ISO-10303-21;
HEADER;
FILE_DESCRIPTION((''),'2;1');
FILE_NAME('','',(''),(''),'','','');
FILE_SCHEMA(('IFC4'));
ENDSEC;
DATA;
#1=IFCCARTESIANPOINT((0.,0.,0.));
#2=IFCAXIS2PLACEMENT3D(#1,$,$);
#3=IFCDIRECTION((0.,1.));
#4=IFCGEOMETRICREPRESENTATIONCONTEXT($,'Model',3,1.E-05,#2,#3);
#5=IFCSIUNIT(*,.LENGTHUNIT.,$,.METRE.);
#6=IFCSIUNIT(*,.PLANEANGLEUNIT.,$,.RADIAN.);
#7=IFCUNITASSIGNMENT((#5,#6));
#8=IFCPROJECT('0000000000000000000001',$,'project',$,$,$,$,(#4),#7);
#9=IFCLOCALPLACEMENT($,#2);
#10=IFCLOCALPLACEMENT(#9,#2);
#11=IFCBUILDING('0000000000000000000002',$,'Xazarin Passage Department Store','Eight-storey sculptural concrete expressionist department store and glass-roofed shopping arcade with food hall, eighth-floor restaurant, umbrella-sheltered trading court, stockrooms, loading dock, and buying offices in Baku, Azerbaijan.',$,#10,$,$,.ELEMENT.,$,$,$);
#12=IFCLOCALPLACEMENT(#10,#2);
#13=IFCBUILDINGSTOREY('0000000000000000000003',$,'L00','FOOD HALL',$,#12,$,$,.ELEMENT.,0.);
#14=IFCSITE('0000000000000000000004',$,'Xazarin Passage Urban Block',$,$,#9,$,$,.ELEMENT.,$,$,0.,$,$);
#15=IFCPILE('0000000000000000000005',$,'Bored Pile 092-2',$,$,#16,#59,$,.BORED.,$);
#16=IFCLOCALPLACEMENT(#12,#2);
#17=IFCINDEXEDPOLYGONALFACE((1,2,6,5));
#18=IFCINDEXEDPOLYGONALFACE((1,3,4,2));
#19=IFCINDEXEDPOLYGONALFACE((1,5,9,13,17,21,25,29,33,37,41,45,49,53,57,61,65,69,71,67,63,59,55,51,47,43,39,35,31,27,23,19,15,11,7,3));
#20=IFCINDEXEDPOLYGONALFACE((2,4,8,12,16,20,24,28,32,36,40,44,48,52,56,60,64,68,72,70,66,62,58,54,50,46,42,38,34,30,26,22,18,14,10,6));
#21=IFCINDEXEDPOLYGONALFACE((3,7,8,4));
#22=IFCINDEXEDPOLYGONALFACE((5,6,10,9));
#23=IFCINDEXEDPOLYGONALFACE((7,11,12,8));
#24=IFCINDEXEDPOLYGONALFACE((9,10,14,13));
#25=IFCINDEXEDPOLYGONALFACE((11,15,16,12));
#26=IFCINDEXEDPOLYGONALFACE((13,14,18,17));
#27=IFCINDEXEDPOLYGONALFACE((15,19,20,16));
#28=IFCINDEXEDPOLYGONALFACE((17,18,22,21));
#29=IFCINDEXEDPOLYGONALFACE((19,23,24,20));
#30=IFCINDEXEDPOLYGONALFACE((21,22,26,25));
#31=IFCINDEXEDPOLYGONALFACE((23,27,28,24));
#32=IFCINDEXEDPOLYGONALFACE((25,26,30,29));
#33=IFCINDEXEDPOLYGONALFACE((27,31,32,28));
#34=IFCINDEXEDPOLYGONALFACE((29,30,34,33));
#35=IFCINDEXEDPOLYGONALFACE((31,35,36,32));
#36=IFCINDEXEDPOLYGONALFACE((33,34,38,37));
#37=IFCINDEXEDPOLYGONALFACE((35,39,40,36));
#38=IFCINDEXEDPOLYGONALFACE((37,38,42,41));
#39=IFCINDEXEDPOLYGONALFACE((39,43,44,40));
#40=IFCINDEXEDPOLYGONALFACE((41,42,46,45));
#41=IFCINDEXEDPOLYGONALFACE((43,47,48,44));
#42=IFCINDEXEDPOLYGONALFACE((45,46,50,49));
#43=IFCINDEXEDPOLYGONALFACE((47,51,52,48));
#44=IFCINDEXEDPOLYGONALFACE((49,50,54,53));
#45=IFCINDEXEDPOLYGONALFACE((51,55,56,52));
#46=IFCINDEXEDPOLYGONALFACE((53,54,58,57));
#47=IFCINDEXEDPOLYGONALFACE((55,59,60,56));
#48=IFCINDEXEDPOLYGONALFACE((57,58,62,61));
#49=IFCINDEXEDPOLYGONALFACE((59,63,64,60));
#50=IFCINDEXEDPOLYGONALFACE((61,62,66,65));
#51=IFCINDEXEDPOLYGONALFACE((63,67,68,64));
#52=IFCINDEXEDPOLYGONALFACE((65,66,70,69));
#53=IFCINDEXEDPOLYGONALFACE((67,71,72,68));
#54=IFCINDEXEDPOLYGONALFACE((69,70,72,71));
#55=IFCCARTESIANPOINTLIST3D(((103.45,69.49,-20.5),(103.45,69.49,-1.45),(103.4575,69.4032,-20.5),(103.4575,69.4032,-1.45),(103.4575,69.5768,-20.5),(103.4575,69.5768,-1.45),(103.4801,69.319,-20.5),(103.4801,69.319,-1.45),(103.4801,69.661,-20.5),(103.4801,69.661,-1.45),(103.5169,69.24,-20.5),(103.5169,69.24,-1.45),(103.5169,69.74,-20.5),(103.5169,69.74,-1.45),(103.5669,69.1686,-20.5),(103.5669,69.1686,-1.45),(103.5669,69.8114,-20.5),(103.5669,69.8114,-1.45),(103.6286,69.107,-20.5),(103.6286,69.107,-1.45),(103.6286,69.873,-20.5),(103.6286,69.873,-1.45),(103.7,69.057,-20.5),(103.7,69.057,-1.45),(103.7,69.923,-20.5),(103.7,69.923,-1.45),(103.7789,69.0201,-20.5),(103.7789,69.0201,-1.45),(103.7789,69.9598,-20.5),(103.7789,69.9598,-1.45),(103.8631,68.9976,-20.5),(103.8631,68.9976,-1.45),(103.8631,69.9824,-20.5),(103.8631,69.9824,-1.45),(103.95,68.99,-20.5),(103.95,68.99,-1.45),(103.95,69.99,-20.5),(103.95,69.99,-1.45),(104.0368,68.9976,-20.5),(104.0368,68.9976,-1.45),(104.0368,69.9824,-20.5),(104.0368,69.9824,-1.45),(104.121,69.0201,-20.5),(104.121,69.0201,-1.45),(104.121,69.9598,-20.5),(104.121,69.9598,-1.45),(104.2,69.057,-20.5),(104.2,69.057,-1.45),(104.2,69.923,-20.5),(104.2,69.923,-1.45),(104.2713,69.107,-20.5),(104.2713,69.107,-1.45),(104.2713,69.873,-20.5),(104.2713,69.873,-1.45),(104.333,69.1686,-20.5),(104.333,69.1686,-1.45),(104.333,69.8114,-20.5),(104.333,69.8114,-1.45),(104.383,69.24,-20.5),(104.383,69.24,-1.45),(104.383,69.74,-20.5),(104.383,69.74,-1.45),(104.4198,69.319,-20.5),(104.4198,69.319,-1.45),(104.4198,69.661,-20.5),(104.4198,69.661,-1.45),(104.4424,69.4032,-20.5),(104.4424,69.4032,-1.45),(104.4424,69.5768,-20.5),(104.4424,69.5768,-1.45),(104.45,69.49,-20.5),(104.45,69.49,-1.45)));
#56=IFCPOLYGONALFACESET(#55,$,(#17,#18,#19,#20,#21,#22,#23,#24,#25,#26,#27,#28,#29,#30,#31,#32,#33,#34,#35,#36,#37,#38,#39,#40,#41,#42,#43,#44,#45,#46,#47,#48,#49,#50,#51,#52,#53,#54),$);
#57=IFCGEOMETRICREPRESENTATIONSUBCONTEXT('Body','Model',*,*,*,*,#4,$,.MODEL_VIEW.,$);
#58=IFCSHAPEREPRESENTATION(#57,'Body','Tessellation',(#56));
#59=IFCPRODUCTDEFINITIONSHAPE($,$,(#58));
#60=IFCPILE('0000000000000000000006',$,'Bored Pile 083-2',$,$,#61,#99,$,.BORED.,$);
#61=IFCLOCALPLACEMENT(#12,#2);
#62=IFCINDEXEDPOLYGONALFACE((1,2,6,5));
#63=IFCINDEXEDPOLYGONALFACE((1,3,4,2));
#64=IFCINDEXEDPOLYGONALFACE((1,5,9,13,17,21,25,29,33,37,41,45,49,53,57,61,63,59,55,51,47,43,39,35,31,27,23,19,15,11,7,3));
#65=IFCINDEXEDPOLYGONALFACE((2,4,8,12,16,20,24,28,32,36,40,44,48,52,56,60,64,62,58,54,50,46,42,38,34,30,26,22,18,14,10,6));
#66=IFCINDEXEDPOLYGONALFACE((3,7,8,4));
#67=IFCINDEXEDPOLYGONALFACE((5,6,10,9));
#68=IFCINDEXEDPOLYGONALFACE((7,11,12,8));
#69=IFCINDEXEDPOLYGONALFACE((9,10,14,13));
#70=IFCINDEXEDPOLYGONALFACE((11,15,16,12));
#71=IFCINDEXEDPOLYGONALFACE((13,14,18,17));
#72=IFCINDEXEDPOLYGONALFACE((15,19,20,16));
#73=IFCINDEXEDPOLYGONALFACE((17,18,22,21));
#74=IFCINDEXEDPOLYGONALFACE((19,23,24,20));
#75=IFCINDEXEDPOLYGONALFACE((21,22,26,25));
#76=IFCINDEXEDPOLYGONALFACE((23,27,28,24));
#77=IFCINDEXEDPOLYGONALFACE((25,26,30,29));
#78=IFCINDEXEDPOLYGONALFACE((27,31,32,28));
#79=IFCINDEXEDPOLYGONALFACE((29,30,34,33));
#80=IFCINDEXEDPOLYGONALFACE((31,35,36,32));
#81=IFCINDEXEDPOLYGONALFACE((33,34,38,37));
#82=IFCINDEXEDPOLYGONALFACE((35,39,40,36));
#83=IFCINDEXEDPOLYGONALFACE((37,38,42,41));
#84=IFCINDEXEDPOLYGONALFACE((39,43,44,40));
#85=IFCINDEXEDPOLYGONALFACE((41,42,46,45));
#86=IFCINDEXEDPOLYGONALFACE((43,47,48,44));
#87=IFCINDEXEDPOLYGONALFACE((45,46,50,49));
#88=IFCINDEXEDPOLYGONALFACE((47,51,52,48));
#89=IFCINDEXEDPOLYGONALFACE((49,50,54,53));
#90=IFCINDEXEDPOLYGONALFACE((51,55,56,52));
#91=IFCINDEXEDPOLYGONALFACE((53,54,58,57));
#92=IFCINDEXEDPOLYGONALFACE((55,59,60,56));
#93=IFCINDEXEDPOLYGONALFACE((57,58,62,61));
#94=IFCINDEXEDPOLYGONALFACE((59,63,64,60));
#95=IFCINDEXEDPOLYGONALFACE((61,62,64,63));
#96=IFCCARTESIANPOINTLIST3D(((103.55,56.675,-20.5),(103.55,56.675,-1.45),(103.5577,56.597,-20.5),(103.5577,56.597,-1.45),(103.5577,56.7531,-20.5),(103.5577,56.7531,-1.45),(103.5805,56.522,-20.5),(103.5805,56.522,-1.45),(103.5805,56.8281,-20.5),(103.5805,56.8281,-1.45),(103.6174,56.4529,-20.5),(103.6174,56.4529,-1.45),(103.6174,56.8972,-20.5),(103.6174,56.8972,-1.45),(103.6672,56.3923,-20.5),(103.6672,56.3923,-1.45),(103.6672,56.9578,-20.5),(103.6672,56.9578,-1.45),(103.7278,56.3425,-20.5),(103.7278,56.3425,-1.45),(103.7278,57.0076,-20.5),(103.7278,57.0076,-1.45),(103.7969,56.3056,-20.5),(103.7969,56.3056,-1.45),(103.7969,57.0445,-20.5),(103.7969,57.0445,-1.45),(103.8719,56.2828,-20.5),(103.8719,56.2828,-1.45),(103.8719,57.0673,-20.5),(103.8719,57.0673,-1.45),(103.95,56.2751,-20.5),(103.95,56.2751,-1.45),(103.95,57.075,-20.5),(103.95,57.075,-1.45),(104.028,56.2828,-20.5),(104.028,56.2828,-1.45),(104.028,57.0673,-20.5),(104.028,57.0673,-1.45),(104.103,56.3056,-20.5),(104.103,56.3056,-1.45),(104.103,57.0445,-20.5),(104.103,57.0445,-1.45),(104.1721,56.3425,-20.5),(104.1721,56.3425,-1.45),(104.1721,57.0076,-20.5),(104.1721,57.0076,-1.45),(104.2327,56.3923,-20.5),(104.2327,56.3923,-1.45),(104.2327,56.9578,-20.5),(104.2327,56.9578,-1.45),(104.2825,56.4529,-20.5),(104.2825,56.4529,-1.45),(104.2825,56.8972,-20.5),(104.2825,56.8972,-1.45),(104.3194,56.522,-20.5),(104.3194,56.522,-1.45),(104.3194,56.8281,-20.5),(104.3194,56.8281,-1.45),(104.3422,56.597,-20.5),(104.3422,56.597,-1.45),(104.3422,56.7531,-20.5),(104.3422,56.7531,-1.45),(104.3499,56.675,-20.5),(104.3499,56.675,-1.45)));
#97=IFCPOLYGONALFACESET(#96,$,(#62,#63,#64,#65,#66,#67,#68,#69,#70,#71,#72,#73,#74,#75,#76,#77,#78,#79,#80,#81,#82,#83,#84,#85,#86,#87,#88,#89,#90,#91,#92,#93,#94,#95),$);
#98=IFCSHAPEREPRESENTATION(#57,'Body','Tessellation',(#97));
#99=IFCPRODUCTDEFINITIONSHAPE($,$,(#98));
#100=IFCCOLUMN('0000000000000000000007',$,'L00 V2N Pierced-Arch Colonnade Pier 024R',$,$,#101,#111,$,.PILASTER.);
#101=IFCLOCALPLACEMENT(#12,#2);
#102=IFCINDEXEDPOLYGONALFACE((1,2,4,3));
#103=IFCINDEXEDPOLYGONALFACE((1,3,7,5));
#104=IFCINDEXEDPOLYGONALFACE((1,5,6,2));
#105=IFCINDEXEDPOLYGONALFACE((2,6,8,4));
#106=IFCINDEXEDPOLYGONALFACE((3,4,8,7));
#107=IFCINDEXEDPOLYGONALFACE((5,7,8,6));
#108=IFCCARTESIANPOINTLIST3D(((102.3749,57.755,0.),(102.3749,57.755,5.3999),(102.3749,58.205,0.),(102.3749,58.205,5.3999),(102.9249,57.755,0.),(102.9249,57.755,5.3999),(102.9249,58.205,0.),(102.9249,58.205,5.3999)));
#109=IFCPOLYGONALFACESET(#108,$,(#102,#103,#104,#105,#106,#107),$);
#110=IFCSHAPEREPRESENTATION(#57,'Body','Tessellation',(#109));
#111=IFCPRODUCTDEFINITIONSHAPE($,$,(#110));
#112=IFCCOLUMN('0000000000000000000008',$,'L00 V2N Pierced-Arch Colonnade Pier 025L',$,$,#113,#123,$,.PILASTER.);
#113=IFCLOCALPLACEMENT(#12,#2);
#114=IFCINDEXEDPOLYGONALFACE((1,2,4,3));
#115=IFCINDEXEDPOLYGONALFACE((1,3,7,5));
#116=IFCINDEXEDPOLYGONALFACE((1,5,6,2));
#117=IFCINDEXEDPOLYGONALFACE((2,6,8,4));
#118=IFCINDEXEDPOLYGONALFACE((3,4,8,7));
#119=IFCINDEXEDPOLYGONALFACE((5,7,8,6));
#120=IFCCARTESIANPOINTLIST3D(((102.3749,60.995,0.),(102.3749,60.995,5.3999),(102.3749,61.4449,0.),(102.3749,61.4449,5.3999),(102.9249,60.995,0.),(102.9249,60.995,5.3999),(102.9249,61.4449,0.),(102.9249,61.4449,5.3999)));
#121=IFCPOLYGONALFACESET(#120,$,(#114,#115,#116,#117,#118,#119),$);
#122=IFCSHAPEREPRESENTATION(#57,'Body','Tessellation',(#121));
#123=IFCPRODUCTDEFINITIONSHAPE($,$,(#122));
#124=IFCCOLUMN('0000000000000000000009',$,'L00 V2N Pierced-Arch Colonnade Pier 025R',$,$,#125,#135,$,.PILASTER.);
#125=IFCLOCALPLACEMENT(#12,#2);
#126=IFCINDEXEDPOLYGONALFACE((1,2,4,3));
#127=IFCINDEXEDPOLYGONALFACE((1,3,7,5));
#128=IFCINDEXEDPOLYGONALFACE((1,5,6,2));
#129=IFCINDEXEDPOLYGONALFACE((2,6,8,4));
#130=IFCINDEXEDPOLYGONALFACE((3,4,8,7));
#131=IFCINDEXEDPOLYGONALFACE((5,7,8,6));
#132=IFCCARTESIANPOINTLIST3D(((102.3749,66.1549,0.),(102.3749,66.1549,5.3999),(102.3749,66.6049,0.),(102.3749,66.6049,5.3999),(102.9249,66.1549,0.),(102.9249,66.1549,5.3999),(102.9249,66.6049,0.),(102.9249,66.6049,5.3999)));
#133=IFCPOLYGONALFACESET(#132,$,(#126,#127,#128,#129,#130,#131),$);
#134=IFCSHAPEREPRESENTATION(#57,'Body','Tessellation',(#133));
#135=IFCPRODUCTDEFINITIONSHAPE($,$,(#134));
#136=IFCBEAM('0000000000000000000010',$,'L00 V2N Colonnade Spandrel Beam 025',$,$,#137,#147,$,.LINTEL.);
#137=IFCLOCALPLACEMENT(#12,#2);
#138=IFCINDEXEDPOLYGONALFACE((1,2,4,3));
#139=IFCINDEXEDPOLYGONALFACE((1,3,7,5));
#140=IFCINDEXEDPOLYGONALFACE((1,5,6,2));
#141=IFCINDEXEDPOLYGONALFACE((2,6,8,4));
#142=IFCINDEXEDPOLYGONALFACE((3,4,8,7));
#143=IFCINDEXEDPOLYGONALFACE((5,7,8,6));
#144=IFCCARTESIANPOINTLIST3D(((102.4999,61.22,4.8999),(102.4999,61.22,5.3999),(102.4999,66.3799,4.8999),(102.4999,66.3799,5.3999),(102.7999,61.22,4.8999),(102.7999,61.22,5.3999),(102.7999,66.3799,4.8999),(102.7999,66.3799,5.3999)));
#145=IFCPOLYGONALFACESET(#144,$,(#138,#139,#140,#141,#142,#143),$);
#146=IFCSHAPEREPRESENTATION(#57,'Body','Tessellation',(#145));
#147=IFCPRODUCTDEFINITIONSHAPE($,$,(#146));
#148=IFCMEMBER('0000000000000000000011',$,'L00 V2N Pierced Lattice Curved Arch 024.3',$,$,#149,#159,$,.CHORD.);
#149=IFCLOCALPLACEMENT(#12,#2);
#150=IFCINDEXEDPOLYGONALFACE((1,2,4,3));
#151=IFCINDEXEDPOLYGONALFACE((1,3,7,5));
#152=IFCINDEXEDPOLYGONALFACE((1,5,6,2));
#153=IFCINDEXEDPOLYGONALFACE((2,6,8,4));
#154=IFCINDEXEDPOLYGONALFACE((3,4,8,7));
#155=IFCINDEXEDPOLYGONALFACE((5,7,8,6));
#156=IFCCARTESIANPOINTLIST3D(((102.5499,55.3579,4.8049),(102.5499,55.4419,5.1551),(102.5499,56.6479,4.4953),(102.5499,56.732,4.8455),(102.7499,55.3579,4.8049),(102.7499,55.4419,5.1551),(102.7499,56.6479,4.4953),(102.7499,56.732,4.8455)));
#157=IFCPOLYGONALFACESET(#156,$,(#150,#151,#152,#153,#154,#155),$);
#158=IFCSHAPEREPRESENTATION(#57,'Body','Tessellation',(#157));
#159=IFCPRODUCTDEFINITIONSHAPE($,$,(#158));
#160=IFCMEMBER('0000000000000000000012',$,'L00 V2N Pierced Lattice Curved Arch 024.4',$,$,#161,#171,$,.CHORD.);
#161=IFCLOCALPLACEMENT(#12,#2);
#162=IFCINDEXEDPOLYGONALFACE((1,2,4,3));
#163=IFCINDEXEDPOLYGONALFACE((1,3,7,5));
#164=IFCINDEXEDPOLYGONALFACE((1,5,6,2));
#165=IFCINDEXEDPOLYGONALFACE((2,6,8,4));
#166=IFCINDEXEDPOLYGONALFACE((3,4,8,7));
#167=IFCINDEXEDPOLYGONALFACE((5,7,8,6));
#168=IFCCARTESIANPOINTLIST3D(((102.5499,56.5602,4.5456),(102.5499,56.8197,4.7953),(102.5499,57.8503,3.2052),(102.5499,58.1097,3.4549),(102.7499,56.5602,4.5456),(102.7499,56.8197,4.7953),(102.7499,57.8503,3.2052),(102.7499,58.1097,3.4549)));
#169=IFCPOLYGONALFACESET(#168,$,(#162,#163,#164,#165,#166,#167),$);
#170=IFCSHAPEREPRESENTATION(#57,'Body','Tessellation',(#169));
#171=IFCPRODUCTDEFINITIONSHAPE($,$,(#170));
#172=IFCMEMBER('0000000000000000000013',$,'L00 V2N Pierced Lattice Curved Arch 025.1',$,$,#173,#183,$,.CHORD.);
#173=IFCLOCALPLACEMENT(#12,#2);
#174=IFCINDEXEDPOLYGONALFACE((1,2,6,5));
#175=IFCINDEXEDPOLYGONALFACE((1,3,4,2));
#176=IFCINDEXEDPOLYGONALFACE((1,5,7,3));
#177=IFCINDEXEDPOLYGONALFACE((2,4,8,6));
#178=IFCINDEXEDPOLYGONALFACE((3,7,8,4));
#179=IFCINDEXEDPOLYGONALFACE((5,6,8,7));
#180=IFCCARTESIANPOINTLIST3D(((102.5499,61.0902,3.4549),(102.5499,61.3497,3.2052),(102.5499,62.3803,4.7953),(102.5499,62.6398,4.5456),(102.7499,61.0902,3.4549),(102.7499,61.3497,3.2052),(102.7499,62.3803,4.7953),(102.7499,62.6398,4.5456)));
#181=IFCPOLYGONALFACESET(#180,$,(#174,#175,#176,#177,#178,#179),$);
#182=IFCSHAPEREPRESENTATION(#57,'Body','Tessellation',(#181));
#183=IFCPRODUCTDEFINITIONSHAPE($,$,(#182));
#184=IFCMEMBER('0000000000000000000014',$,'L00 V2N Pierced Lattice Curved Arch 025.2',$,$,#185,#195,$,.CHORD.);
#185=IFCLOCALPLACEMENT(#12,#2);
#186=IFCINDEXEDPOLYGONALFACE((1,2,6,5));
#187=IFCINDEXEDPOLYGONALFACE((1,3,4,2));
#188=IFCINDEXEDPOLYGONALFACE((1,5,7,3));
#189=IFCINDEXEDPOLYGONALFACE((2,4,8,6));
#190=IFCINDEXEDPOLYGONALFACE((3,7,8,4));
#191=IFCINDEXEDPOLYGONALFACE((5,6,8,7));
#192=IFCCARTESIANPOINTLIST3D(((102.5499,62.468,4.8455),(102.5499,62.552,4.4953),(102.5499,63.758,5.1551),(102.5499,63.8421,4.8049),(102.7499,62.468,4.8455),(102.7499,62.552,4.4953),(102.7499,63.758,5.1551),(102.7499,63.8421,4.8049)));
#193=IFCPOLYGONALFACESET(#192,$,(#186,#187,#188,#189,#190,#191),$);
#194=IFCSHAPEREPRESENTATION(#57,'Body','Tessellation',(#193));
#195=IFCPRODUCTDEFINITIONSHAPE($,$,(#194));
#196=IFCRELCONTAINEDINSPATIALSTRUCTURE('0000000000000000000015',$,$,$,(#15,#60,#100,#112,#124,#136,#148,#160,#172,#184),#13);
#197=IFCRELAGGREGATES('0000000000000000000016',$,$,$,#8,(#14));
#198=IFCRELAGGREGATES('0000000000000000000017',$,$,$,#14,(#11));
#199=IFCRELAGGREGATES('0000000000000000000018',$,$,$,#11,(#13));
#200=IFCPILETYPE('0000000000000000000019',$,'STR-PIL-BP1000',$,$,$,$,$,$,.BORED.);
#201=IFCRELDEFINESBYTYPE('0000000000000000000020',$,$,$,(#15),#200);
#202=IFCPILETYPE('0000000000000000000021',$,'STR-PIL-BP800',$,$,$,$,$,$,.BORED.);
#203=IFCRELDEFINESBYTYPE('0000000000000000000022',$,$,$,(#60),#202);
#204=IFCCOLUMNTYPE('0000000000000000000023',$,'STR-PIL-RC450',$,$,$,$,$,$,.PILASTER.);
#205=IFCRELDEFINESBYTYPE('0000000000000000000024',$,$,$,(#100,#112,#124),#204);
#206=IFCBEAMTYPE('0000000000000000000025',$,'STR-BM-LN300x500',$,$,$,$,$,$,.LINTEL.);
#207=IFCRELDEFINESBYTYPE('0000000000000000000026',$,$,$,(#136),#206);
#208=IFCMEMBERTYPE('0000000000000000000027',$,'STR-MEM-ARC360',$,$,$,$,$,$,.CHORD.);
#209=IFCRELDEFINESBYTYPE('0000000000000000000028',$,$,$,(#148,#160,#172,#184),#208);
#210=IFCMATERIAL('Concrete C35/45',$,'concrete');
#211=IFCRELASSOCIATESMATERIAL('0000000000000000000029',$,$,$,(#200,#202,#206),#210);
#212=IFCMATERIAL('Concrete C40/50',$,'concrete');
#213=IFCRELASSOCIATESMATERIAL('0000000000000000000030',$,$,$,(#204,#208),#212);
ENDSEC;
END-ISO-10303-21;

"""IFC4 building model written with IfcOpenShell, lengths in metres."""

from ifc_helpers import new_model, si_unit, direction, frame, origin, origin_2d, place, context, subcontext, project, spatial, rectangle, circle, extrude, material, material_profile, profile_set, type_object, element, save


model = new_model("IFC4")

# Units and contexts
model_context = context("Model", 3, precision=1e-05, world=origin(), true_north=direction((0.0, 1.0)))
body_context = subcontext(model_context, "Body", "Model", "MODEL_VIEW")
ifc_project = project(units=[si_unit("LENGTHUNIT", "METRE"), si_unit("PLANEANGLEUNIT", "RADIAN")], contexts=[model_context])

# Site, building, storey
site_placement = place(None, origin())
site = spatial("IfcSite", under=ifc_project, at=site_placement, Name="Xazarin Passage Urban Block", CompositionType="ELEMENT", RefElevation=0.0)
building_placement = place(site_placement, origin())
building = spatial("IfcBuilding", under=site, at=building_placement, Name="Xazarin Passage Department Store", Description="Eight-storey sculptural concrete expressionist department store and glass-roofed shopping arcade with food hall, eighth-floor restaurant, umbrella-sheltered trading court, stockrooms, loading dock, and buying offices in Baku, Azerbaijan.", CompositionType="ELEMENT")
storey_placement = place(building_placement, origin())
storey = spatial("IfcBuildingStorey", under=building, at=storey_placement, Name="L00", Description="FOOD HALL", CompositionType="ELEMENT", Elevation=0.0)

# Shared definitions
ifc_material_1 = material(Name="Concrete C35/45", Category="concrete")

# Piles
ifc_material_profile_1 = material_profile(ifc_material_1, circle(Radius=0.5, at=origin_2d()), Name="BP 1000")
ifc_profile_set_1 = profile_set([ifc_material_profile_1], Name="Concrete C35/45")
pile_type_1 = type_object("IfcPileType", Name="STR-PIL-BP1000", PredefinedType="BORED", material=ifc_profile_set_1)
for number, where, z_axis, x_axis, name in (
    (1, (103.95, 69.49, -1.45), (0.0, 0.0, -1.0), (1.0, 0.0, 0.0), "Bored Pile 092-2"),
):
    element("IfcPile", number, at=place(storey_placement, frame(where, z_axis=z_axis, x_axis=x_axis)), inside=storey, type_object=pile_type_1, Name=name, PredefinedType="BORED", context=body_context, shape_type="SweptSolid", body=[
        extrude(circle(Radius=0.5, at=origin_2d()), origin(), (0.0, 0.0, 1.0), 19.05),
    ])
ifc_material_profile_2 = material_profile(ifc_material_1, circle(Radius=0.3999, at=origin_2d()), Name="BP 800")
ifc_profile_set_2 = profile_set([ifc_material_profile_2], Name="Concrete C35/45")
pile_type_2 = type_object("IfcPileType", Name="STR-PIL-BP800", PredefinedType="BORED", material=ifc_profile_set_2)
pile_placement = place(storey_placement, frame((103.95, 56.675, -1.45), z_axis=(0.0, 0.0, -1.0), x_axis=(1.0, 0.0, 0.0)))
element("IfcPile", 2, at=pile_placement, inside=storey, type_object=pile_type_2, Name="Bored Pile 083-2", PredefinedType="BORED", context=body_context, shape_type="SweptSolid", body=[
    extrude(circle(Radius=0.3999, at=origin_2d()), origin(), (0.0, 0.0, 1.0), 19.05),
])

# Columns
ifc_material_2 = material(Name="Concrete C40/50", Category="concrete")
ifc_material_profile_3 = material_profile(ifc_material_2, rectangle(XDim=0.45, YDim=0.55, at=origin_2d()), Name="RC 450x550")
ifc_profile_set_3 = profile_set([ifc_material_profile_3], Name="Concrete C40/50")
column_type = type_object("IfcColumnType", Name="STR-PIL-RC450", PredefinedType="PILASTER", material=ifc_profile_set_3)
for number, where, z_axis, x_axis, name in (
    (3, (102.6499, 57.98, 0.0), (0.0, 0.0, 1.0), (0.0, 1.0, 0.0), "L00 V2N Pierced-Arch Colonnade Pier 024R"),
    (4, (102.6499, 61.22, 0.0), (0.0, 0.0, 1.0), (0.0, 1.0, 0.0), "L00 V2N Pierced-Arch Colonnade Pier 025L"),
    (5, (102.6499, 66.3799, 0.0), (0.0, 0.0, 1.0), (0.0, 1.0, 0.0), "L00 V2N Pierced-Arch Colonnade Pier 025R"),
):
    element("IfcColumn", number, at=place(storey_placement, frame(where, z_axis=z_axis, x_axis=x_axis)), inside=storey, type_object=column_type, Name=name, PredefinedType="PILASTER", context=body_context, shape_type="SweptSolid", body=[
        extrude(rectangle(XDim=0.45, YDim=0.55, at=origin_2d()), origin(), (0.0, 0.0, 1.0), 5.3999),
    ])

# Beam
ifc_material_profile_4 = material_profile(ifc_material_1, rectangle(XDim=0.3, YDim=0.5, at=origin_2d()), Name="RC 300x500")
ifc_profile_set_4 = profile_set([ifc_material_profile_4], Name="Concrete C35/45")
beam_type = type_object("IfcBeamType", Name="STR-BM-LN300x500", PredefinedType="LINTEL", material=ifc_profile_set_4)
beam_placement = place(storey_placement, frame((102.6499, 61.22, 5.1499), z_axis=(0.0, 1.0, 0.0), x_axis=(-1.0, 0.0, 0.0)))
element("IfcBeam", 6, at=beam_placement, inside=storey, type_object=beam_type, Name="L00 V2N Colonnade Spandrel Beam 025", PredefinedType="LINTEL", context=body_context, shape_type="SweptSolid", body=[
    extrude(rectangle(XDim=0.3, YDim=0.5, at=origin_2d()), origin(), (0.0, 0.0, 1.0), 5.1599),
])

# Members
ifc_material_profile_5 = material_profile(ifc_material_2, rectangle(XDim=0.2, YDim=0.3601, at=origin_2d()), Name="RC 200x360")
ifc_profile_set_5 = profile_set([ifc_material_profile_5], Name="Concrete C40/50")
member_type_1 = type_object("IfcMemberType", Name="STR-MEM-ARC360", PredefinedType="CHORD", material=ifc_profile_set_5)
member_1_placement = place(storey_placement, frame((102.6499, 55.3999, 4.98), z_axis=(0.0, 0.972394, -0.233345), x_axis=(-1.0, 0.0, 0.0)))
element("IfcMember", 7, at=member_1_placement, inside=storey, type_object=member_type_1, Name="L00 V2N Pierced Lattice Curved Arch 024.3", PredefinedType="CHORD", context=body_context, shape_type="SweptSolid", body=[
    extrude(rectangle(XDim=0.2, YDim=0.3601, at=origin_2d()), origin(), (0.0, 0.0, 1.0), 1.3267),
])
for number, where, z_axis, x_axis, name in (
    (8, (102.6499, 56.6899, 4.6704), (0.0, 0.69346, -0.720495), (-1.0, 0.0, 0.0), "L00 V2N Pierced Lattice Curved Arch 024.4"),
    (9, (102.6499, 61.22, 3.3301), (0.0, 0.69346, 0.720495), (-1.0, 0.0, 0.0), "L00 V2N Pierced Lattice Curved Arch 025.1"),
):
    element("IfcMember", number, at=place(storey_placement, frame(where, z_axis=z_axis, x_axis=x_axis)), inside=storey, type_object=member_type_1, Name=name, PredefinedType="CHORD", context=body_context, shape_type="SweptSolid", body=[
        extrude(rectangle(XDim=0.2, YDim=0.3601, at=origin_2d()), origin(), (0.0, 0.0, 1.0), 1.8604),
    ])
for number, where, z_axis, x_axis, name in (
    (10, (102.6499, 62.51, 4.6704), (0.0, 0.972394, 0.233345), (-1.0, 0.0, 0.0), "L00 V2N Pierced Lattice Curved Arch 025.2"),
):
    element("IfcMember", number, at=place(storey_placement, frame(where, z_axis=z_axis, x_axis=x_axis)), inside=storey, type_object=member_type_1, Name=name, PredefinedType="CHORD", context=body_context, shape_type="SweptSolid", body=[
        extrude(rectangle(XDim=0.2, YDim=0.3601, at=origin_2d()), origin(), (0.0, 0.0, 1.0), 1.3267),
    ])

save(model, "model.ifc")
